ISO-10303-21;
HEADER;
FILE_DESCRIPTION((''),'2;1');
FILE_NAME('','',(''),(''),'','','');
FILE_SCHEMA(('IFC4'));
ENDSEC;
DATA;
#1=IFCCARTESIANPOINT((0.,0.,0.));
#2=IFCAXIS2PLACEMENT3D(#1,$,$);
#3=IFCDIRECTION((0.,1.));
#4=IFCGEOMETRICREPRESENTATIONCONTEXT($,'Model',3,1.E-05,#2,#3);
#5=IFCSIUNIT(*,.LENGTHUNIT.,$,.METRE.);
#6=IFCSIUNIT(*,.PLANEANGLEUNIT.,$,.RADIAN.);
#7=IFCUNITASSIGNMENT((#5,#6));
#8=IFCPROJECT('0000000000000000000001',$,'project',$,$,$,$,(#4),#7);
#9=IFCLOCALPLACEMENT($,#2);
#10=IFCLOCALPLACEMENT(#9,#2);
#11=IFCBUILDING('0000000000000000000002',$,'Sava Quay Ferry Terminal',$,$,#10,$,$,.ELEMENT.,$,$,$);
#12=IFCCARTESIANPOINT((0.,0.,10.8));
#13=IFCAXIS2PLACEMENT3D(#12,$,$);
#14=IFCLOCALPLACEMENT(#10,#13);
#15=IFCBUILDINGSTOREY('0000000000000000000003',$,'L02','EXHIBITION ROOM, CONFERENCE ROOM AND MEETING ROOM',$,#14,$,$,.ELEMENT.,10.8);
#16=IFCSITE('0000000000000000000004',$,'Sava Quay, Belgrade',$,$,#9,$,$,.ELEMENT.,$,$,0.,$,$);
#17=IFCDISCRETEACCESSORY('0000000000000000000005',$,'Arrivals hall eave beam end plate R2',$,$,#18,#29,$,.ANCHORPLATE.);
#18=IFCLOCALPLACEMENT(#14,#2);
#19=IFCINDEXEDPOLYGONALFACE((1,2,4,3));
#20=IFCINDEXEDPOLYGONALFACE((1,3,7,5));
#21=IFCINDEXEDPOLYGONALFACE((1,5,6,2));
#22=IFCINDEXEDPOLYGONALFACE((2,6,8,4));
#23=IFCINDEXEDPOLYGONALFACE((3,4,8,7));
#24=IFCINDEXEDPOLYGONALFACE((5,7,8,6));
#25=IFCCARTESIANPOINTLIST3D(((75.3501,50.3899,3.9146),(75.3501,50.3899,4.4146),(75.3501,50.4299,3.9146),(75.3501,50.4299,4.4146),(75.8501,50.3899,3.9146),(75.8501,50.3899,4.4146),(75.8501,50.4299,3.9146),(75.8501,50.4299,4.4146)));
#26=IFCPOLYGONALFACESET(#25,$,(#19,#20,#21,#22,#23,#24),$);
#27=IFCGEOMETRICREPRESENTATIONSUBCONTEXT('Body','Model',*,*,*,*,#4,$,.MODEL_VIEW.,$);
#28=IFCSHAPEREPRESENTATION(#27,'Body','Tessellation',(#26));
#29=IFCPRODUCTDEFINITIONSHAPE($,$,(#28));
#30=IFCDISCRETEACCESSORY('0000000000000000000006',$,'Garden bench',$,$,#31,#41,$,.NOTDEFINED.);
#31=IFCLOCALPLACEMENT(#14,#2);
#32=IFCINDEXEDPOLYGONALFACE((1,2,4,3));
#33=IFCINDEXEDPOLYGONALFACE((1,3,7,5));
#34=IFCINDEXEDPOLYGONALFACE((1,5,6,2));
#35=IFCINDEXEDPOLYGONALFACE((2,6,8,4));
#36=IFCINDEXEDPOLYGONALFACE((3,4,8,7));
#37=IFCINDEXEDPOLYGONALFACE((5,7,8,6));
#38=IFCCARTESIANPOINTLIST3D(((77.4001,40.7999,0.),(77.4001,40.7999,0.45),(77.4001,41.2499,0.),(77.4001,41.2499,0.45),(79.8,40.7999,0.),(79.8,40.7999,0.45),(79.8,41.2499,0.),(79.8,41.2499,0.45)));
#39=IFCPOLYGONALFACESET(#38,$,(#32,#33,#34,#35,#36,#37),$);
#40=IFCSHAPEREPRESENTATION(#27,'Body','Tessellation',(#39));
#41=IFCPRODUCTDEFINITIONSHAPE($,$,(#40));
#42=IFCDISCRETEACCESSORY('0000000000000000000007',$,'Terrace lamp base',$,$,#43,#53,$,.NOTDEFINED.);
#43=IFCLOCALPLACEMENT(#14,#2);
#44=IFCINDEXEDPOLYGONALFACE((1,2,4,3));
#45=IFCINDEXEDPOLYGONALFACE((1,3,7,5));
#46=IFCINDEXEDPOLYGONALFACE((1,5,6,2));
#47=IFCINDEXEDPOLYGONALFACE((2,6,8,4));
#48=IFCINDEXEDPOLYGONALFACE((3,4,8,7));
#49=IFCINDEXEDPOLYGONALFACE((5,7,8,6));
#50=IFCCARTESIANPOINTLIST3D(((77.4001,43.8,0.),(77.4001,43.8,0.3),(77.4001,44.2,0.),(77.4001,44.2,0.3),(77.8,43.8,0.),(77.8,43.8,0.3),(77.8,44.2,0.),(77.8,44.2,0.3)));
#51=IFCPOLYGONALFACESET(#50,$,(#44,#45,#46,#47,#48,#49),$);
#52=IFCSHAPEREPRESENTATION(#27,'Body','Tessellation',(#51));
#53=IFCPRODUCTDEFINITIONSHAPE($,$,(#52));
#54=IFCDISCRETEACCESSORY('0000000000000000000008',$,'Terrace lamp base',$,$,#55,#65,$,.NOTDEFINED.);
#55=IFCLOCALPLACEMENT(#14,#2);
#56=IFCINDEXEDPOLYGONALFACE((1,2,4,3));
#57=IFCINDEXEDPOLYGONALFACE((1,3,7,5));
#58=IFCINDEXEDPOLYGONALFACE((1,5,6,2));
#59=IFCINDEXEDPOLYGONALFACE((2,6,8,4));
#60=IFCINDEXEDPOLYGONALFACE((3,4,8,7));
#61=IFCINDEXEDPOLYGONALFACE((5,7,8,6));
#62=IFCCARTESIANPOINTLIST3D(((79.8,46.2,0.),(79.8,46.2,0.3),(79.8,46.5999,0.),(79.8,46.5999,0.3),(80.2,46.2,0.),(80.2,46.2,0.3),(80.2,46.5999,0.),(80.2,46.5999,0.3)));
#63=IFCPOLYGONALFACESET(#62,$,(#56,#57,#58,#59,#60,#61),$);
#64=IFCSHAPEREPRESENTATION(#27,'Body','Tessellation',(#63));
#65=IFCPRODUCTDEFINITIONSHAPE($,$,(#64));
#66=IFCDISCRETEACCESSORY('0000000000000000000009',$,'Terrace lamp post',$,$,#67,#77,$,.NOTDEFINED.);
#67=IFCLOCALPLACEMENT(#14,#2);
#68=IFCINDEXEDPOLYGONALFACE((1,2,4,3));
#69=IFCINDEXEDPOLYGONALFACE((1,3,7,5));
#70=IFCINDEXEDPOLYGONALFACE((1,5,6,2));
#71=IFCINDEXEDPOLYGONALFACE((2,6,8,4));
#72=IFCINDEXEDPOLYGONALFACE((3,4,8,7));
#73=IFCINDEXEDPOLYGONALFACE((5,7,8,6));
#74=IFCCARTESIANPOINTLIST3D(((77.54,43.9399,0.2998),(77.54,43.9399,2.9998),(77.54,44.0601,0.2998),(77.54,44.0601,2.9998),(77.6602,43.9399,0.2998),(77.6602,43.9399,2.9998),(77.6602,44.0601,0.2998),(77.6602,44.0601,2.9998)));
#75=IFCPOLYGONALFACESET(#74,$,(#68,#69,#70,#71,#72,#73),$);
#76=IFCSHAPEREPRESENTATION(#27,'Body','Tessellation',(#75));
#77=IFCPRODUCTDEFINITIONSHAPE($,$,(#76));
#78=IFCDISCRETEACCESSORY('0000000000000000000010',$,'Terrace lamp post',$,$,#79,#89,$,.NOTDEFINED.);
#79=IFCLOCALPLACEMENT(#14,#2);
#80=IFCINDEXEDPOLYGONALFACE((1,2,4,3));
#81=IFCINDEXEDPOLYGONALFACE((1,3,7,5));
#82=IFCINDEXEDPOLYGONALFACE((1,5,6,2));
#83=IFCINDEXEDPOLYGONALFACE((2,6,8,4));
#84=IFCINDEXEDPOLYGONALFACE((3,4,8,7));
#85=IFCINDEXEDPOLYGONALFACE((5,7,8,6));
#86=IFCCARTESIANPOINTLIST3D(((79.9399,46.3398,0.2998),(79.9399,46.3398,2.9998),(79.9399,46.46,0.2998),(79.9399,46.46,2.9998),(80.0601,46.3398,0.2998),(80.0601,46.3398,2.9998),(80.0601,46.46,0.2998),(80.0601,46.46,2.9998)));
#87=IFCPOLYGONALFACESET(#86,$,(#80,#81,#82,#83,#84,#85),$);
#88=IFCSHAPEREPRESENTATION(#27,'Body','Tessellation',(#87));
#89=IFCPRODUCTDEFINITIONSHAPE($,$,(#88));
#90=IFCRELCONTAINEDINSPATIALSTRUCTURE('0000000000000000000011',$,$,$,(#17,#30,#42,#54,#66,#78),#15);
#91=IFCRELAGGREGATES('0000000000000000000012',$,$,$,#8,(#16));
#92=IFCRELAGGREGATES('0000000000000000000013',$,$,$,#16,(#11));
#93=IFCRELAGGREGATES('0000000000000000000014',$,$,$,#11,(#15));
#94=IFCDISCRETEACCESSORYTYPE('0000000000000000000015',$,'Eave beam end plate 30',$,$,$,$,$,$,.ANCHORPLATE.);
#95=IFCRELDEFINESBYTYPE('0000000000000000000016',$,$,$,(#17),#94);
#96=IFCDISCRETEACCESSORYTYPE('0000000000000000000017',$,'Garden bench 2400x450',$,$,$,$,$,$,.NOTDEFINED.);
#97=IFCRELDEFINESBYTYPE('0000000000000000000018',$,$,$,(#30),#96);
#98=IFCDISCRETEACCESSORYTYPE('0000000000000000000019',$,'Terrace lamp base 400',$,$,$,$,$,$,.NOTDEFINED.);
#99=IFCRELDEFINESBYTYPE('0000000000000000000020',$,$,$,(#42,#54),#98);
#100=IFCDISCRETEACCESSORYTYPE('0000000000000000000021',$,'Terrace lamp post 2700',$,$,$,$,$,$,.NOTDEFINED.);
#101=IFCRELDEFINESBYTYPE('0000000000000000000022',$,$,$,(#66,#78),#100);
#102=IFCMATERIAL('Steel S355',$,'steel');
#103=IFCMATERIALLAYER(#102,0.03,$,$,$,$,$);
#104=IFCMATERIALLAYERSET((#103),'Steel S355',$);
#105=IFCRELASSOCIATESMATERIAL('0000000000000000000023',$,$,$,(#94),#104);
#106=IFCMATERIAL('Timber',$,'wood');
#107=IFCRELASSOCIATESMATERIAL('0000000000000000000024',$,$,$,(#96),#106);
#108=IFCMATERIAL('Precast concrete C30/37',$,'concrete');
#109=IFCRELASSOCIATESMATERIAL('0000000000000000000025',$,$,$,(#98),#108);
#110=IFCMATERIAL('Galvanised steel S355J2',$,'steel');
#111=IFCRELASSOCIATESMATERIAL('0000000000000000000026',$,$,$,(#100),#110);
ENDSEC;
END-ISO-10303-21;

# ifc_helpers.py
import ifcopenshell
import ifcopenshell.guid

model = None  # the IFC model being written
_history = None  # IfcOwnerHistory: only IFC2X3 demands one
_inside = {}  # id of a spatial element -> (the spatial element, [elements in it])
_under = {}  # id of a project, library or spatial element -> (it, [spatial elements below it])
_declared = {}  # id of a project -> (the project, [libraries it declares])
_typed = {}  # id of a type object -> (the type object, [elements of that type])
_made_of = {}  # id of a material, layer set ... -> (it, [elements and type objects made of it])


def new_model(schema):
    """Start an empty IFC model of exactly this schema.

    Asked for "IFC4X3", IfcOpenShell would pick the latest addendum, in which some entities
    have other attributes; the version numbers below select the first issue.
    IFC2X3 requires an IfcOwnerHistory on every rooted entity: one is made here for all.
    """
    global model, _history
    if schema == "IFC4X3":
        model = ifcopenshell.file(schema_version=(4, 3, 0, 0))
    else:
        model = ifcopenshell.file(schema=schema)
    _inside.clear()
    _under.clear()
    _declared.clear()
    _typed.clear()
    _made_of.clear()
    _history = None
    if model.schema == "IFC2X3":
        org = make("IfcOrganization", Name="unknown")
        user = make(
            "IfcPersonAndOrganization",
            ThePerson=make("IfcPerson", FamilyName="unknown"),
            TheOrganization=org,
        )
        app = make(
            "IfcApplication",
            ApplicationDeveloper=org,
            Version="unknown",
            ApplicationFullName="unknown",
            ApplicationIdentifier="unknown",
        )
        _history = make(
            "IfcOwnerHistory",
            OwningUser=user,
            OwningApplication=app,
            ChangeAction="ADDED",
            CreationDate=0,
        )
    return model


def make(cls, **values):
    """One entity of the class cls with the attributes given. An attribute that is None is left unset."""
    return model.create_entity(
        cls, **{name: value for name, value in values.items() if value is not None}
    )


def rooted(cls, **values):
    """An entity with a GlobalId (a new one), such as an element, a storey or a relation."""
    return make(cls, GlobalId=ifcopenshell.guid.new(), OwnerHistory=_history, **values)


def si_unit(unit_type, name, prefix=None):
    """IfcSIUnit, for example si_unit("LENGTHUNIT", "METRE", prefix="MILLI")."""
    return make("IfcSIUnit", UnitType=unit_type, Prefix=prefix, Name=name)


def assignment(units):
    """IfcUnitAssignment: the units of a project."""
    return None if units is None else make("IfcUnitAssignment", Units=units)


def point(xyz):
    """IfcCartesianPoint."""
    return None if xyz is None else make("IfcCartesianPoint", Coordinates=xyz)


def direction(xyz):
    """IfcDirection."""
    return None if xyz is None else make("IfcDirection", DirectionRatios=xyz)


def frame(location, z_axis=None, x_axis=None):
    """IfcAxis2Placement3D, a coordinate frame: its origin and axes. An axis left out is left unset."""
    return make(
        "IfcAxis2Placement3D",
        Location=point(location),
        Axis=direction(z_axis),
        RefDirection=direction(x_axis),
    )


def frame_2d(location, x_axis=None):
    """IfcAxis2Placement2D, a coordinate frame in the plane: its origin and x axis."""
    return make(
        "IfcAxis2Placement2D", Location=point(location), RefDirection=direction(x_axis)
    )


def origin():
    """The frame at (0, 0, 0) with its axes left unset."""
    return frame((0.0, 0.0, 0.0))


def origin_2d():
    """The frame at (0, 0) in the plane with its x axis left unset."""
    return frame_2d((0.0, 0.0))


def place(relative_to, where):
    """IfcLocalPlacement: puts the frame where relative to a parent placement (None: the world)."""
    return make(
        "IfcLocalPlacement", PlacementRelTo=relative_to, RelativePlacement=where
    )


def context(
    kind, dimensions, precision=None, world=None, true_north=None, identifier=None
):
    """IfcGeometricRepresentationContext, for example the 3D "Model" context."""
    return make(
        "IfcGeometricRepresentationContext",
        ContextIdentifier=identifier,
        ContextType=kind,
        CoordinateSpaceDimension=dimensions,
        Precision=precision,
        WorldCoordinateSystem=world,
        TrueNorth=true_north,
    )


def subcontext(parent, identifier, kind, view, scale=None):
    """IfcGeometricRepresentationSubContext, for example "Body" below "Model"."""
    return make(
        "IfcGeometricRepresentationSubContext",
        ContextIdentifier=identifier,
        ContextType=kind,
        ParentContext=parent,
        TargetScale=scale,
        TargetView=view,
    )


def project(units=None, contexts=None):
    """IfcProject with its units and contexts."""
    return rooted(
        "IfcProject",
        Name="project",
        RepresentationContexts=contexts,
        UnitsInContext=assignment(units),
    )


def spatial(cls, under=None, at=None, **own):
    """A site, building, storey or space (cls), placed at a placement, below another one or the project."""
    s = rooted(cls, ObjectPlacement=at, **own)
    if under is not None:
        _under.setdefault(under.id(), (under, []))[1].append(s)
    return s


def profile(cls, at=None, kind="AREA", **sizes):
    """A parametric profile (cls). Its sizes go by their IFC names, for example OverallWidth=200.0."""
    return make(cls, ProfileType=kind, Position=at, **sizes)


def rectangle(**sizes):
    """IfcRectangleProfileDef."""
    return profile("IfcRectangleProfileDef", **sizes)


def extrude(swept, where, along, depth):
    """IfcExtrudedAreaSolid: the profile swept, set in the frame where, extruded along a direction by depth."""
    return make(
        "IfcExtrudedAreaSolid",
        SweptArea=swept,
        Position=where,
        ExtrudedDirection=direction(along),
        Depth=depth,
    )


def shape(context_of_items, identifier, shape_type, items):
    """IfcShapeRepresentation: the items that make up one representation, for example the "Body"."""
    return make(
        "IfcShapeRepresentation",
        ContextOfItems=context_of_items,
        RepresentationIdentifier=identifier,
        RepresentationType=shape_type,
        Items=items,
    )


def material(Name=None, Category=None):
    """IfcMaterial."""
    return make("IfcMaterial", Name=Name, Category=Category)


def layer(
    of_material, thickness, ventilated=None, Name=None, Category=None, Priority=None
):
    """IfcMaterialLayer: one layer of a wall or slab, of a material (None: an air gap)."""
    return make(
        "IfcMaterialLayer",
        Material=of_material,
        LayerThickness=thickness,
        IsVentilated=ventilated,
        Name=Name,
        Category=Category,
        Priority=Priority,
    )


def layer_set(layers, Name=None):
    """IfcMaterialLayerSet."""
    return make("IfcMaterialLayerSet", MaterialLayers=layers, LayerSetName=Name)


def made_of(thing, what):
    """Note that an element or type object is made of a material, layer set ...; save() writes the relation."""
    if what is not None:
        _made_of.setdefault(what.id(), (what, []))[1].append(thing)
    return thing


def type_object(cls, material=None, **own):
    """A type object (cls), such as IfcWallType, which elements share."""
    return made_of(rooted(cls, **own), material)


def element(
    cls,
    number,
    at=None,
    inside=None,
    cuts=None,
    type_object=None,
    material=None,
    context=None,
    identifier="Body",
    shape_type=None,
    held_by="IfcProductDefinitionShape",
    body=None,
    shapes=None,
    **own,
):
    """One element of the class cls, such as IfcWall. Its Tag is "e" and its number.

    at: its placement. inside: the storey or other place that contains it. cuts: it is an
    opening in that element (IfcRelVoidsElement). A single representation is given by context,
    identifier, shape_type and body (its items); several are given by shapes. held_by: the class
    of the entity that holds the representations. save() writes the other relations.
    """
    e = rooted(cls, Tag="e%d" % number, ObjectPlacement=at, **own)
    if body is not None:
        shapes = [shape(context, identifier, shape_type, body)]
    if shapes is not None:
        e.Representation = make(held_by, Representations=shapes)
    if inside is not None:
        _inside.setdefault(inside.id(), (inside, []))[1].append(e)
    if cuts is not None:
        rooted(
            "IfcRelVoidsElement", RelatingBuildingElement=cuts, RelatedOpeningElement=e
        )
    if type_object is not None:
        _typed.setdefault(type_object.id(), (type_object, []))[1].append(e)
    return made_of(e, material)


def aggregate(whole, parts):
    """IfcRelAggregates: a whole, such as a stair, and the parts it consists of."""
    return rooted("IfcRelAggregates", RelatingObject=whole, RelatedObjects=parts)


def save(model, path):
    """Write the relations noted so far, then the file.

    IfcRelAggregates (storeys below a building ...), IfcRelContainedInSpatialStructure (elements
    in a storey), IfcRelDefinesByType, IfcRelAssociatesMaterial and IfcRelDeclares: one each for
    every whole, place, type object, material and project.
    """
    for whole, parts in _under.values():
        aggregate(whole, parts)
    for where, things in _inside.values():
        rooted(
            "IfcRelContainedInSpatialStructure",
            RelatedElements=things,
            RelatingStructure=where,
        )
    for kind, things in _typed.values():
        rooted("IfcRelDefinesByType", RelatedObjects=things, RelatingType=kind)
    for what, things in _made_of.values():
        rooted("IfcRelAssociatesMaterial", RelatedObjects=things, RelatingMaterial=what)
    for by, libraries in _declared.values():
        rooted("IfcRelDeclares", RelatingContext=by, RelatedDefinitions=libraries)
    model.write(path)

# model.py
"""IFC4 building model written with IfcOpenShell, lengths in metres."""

from ifc_helpers import new_model, si_unit, direction, frame, origin, origin_2d, place, context, subcontext, project, spatial, rectangle, extrude, material, layer, layer_set, type_object, element, save


model = new_model("IFC4")

# Units and contexts
model_context = context("Model", 3, precision=1e-05, world=origin(), true_north=direction((0.0, 1.0)))
body_context = subcontext(model_context, "Body", "Model", "MODEL_VIEW")
ifc_project = project(units=[si_unit("LENGTHUNIT", "METRE"), si_unit("PLANEANGLEUNIT", "RADIAN")], contexts=[model_context])

# Site, building, storey
site_placement = place(None, origin())
site = spatial("IfcSite", under=ifc_project, at=site_placement, Name="Sava Quay, Belgrade", CompositionType="ELEMENT", RefElevation=0.0)
building_placement = place(site_placement, origin())
building = spatial("IfcBuilding", under=site, at=building_placement, Name="Sava Quay Ferry Terminal", CompositionType="ELEMENT")
storey_placement = place(building_placement, frame((0.0, 0.0, 10.8)))
storey = spatial("IfcBuildingStorey", under=building, at=storey_placement, Name="L02", Description="EXHIBITION ROOM, CONFERENCE ROOM AND MEETING ROOM", CompositionType="ELEMENT", Elevation=10.8)

# Discrete accessories
ifc_material_1 = material(Name="Steel S355", Category="steel")
ifc_layer_1 = layer(ifc_material_1, 0.03)
ifc_layer_set_1 = layer_set([ifc_layer_1], Name="Steel S355")
discrete_accessory_type_1 = type_object("IfcDiscreteAccessoryType", Name="Eave beam end plate 30", PredefinedType="ANCHORPLATE", material=ifc_layer_set_1)
discrete_accessory_1_placement = place(storey_placement, frame((75.6001, 50.4099, 3.9146), z_axis=(0.0, 0.0, 1.0), x_axis=(1.0, 0.0, 0.0)))
element("IfcDiscreteAccessory", 1, at=discrete_accessory_1_placement, inside=storey, type_object=discrete_accessory_type_1, Name="Arrivals hall eave beam end plate R2", PredefinedType="ANCHORPLATE", context=body_context, shape_type="SweptSolid", body=[
    extrude(rectangle(XDim=0.5, YDim=0.04, at=origin_2d()), origin(), (0.0, 0.0, 1.0), 0.5),
])
ifc_material_2 = material(Name="Timber", Category="wood")
discrete_accessory_type_2 = type_object("IfcDiscreteAccessoryType", Name="Garden bench 2400x450", PredefinedType="NOTDEFINED", material=ifc_material_2)
discrete_accessory_2_placement = place(storey_placement, frame((78.6001, 41.0249, 0.0), z_axis=(0.0, 0.0, 1.0), x_axis=(1.0, 0.0, 0.0)))
element("IfcDiscreteAccessory", 2, at=discrete_accessory_2_placement, inside=storey, type_object=discrete_accessory_type_2, Name="Garden bench", PredefinedType="NOTDEFINED", context=body_context, shape_type="SweptSolid", body=[
    extrude(rectangle(XDim=2.3999, YDim=0.45, at=origin_2d()), origin(), (0.0, 0.0, 1.0), 0.45),
])
ifc_material_3 = material(Name="Precast concrete C30/37", Category="concrete")
discrete_accessory_type_3 = type_object("IfcDiscreteAccessoryType", Name="Terrace lamp base 400", PredefinedType="NOTDEFINED", material=ifc_material_3)
for number, where, z_axis, x_axis, name in (
    (3, (77.6001, 44.0, 0.0), (0.0, 0.0, 1.0), (1.0, 0.0, 0.0), "Terrace lamp base"),
    (4, (80.0, 46.3999, 0.0), (0.0, 0.0, 1.0), (1.0, 0.0, 0.0), "Terrace lamp base"),
):
    element("IfcDiscreteAccessory", number, at=place(storey_placement, frame(where, z_axis=z_axis, x_axis=x_axis)), inside=storey, type_object=discrete_accessory_type_3, Name=name, PredefinedType="NOTDEFINED", context=body_context, shape_type="SweptSolid", body=[
        extrude(rectangle(XDim=0.3999, YDim=0.3999, at=origin_2d()), origin(), (0.0, 0.0, 1.0), 0.3),
    ])
ifc_material_4 = material(Name="Galvanised steel S355J2", Category="steel")
discrete_accessory_type_4 = type_object("IfcDiscreteAccessoryType", Name="Terrace lamp post 2700", PredefinedType="NOTDEFINED", material=ifc_material_4)
for number, where, z_axis, x_axis, name in (
    (5, (77.6001, 44.0, 0.2998), (0.0, 0.0, 1.0), (1.0, 0.0, 0.0), "Terrace lamp post"),
    (6, (80.0, 46.3999, 0.2998), (0.0, 0.0, 1.0), (1.0, 0.0, 0.0), "Terrace lamp post"),
):
    element("IfcDiscreteAccessory", number, at=place(storey_placement, frame(where, z_axis=z_axis, x_axis=x_axis)), inside=storey, type_object=discrete_accessory_type_4, Name=name, PredefinedType="NOTDEFINED", context=body_context, shape_type="SweptSolid", body=[
        extrude(rectangle(XDim=0.1201, YDim=0.1201, at=origin_2d()), origin(), (0.0, 0.0, 1.0), 2.7),
    ])

save(model, "model.ifc")
